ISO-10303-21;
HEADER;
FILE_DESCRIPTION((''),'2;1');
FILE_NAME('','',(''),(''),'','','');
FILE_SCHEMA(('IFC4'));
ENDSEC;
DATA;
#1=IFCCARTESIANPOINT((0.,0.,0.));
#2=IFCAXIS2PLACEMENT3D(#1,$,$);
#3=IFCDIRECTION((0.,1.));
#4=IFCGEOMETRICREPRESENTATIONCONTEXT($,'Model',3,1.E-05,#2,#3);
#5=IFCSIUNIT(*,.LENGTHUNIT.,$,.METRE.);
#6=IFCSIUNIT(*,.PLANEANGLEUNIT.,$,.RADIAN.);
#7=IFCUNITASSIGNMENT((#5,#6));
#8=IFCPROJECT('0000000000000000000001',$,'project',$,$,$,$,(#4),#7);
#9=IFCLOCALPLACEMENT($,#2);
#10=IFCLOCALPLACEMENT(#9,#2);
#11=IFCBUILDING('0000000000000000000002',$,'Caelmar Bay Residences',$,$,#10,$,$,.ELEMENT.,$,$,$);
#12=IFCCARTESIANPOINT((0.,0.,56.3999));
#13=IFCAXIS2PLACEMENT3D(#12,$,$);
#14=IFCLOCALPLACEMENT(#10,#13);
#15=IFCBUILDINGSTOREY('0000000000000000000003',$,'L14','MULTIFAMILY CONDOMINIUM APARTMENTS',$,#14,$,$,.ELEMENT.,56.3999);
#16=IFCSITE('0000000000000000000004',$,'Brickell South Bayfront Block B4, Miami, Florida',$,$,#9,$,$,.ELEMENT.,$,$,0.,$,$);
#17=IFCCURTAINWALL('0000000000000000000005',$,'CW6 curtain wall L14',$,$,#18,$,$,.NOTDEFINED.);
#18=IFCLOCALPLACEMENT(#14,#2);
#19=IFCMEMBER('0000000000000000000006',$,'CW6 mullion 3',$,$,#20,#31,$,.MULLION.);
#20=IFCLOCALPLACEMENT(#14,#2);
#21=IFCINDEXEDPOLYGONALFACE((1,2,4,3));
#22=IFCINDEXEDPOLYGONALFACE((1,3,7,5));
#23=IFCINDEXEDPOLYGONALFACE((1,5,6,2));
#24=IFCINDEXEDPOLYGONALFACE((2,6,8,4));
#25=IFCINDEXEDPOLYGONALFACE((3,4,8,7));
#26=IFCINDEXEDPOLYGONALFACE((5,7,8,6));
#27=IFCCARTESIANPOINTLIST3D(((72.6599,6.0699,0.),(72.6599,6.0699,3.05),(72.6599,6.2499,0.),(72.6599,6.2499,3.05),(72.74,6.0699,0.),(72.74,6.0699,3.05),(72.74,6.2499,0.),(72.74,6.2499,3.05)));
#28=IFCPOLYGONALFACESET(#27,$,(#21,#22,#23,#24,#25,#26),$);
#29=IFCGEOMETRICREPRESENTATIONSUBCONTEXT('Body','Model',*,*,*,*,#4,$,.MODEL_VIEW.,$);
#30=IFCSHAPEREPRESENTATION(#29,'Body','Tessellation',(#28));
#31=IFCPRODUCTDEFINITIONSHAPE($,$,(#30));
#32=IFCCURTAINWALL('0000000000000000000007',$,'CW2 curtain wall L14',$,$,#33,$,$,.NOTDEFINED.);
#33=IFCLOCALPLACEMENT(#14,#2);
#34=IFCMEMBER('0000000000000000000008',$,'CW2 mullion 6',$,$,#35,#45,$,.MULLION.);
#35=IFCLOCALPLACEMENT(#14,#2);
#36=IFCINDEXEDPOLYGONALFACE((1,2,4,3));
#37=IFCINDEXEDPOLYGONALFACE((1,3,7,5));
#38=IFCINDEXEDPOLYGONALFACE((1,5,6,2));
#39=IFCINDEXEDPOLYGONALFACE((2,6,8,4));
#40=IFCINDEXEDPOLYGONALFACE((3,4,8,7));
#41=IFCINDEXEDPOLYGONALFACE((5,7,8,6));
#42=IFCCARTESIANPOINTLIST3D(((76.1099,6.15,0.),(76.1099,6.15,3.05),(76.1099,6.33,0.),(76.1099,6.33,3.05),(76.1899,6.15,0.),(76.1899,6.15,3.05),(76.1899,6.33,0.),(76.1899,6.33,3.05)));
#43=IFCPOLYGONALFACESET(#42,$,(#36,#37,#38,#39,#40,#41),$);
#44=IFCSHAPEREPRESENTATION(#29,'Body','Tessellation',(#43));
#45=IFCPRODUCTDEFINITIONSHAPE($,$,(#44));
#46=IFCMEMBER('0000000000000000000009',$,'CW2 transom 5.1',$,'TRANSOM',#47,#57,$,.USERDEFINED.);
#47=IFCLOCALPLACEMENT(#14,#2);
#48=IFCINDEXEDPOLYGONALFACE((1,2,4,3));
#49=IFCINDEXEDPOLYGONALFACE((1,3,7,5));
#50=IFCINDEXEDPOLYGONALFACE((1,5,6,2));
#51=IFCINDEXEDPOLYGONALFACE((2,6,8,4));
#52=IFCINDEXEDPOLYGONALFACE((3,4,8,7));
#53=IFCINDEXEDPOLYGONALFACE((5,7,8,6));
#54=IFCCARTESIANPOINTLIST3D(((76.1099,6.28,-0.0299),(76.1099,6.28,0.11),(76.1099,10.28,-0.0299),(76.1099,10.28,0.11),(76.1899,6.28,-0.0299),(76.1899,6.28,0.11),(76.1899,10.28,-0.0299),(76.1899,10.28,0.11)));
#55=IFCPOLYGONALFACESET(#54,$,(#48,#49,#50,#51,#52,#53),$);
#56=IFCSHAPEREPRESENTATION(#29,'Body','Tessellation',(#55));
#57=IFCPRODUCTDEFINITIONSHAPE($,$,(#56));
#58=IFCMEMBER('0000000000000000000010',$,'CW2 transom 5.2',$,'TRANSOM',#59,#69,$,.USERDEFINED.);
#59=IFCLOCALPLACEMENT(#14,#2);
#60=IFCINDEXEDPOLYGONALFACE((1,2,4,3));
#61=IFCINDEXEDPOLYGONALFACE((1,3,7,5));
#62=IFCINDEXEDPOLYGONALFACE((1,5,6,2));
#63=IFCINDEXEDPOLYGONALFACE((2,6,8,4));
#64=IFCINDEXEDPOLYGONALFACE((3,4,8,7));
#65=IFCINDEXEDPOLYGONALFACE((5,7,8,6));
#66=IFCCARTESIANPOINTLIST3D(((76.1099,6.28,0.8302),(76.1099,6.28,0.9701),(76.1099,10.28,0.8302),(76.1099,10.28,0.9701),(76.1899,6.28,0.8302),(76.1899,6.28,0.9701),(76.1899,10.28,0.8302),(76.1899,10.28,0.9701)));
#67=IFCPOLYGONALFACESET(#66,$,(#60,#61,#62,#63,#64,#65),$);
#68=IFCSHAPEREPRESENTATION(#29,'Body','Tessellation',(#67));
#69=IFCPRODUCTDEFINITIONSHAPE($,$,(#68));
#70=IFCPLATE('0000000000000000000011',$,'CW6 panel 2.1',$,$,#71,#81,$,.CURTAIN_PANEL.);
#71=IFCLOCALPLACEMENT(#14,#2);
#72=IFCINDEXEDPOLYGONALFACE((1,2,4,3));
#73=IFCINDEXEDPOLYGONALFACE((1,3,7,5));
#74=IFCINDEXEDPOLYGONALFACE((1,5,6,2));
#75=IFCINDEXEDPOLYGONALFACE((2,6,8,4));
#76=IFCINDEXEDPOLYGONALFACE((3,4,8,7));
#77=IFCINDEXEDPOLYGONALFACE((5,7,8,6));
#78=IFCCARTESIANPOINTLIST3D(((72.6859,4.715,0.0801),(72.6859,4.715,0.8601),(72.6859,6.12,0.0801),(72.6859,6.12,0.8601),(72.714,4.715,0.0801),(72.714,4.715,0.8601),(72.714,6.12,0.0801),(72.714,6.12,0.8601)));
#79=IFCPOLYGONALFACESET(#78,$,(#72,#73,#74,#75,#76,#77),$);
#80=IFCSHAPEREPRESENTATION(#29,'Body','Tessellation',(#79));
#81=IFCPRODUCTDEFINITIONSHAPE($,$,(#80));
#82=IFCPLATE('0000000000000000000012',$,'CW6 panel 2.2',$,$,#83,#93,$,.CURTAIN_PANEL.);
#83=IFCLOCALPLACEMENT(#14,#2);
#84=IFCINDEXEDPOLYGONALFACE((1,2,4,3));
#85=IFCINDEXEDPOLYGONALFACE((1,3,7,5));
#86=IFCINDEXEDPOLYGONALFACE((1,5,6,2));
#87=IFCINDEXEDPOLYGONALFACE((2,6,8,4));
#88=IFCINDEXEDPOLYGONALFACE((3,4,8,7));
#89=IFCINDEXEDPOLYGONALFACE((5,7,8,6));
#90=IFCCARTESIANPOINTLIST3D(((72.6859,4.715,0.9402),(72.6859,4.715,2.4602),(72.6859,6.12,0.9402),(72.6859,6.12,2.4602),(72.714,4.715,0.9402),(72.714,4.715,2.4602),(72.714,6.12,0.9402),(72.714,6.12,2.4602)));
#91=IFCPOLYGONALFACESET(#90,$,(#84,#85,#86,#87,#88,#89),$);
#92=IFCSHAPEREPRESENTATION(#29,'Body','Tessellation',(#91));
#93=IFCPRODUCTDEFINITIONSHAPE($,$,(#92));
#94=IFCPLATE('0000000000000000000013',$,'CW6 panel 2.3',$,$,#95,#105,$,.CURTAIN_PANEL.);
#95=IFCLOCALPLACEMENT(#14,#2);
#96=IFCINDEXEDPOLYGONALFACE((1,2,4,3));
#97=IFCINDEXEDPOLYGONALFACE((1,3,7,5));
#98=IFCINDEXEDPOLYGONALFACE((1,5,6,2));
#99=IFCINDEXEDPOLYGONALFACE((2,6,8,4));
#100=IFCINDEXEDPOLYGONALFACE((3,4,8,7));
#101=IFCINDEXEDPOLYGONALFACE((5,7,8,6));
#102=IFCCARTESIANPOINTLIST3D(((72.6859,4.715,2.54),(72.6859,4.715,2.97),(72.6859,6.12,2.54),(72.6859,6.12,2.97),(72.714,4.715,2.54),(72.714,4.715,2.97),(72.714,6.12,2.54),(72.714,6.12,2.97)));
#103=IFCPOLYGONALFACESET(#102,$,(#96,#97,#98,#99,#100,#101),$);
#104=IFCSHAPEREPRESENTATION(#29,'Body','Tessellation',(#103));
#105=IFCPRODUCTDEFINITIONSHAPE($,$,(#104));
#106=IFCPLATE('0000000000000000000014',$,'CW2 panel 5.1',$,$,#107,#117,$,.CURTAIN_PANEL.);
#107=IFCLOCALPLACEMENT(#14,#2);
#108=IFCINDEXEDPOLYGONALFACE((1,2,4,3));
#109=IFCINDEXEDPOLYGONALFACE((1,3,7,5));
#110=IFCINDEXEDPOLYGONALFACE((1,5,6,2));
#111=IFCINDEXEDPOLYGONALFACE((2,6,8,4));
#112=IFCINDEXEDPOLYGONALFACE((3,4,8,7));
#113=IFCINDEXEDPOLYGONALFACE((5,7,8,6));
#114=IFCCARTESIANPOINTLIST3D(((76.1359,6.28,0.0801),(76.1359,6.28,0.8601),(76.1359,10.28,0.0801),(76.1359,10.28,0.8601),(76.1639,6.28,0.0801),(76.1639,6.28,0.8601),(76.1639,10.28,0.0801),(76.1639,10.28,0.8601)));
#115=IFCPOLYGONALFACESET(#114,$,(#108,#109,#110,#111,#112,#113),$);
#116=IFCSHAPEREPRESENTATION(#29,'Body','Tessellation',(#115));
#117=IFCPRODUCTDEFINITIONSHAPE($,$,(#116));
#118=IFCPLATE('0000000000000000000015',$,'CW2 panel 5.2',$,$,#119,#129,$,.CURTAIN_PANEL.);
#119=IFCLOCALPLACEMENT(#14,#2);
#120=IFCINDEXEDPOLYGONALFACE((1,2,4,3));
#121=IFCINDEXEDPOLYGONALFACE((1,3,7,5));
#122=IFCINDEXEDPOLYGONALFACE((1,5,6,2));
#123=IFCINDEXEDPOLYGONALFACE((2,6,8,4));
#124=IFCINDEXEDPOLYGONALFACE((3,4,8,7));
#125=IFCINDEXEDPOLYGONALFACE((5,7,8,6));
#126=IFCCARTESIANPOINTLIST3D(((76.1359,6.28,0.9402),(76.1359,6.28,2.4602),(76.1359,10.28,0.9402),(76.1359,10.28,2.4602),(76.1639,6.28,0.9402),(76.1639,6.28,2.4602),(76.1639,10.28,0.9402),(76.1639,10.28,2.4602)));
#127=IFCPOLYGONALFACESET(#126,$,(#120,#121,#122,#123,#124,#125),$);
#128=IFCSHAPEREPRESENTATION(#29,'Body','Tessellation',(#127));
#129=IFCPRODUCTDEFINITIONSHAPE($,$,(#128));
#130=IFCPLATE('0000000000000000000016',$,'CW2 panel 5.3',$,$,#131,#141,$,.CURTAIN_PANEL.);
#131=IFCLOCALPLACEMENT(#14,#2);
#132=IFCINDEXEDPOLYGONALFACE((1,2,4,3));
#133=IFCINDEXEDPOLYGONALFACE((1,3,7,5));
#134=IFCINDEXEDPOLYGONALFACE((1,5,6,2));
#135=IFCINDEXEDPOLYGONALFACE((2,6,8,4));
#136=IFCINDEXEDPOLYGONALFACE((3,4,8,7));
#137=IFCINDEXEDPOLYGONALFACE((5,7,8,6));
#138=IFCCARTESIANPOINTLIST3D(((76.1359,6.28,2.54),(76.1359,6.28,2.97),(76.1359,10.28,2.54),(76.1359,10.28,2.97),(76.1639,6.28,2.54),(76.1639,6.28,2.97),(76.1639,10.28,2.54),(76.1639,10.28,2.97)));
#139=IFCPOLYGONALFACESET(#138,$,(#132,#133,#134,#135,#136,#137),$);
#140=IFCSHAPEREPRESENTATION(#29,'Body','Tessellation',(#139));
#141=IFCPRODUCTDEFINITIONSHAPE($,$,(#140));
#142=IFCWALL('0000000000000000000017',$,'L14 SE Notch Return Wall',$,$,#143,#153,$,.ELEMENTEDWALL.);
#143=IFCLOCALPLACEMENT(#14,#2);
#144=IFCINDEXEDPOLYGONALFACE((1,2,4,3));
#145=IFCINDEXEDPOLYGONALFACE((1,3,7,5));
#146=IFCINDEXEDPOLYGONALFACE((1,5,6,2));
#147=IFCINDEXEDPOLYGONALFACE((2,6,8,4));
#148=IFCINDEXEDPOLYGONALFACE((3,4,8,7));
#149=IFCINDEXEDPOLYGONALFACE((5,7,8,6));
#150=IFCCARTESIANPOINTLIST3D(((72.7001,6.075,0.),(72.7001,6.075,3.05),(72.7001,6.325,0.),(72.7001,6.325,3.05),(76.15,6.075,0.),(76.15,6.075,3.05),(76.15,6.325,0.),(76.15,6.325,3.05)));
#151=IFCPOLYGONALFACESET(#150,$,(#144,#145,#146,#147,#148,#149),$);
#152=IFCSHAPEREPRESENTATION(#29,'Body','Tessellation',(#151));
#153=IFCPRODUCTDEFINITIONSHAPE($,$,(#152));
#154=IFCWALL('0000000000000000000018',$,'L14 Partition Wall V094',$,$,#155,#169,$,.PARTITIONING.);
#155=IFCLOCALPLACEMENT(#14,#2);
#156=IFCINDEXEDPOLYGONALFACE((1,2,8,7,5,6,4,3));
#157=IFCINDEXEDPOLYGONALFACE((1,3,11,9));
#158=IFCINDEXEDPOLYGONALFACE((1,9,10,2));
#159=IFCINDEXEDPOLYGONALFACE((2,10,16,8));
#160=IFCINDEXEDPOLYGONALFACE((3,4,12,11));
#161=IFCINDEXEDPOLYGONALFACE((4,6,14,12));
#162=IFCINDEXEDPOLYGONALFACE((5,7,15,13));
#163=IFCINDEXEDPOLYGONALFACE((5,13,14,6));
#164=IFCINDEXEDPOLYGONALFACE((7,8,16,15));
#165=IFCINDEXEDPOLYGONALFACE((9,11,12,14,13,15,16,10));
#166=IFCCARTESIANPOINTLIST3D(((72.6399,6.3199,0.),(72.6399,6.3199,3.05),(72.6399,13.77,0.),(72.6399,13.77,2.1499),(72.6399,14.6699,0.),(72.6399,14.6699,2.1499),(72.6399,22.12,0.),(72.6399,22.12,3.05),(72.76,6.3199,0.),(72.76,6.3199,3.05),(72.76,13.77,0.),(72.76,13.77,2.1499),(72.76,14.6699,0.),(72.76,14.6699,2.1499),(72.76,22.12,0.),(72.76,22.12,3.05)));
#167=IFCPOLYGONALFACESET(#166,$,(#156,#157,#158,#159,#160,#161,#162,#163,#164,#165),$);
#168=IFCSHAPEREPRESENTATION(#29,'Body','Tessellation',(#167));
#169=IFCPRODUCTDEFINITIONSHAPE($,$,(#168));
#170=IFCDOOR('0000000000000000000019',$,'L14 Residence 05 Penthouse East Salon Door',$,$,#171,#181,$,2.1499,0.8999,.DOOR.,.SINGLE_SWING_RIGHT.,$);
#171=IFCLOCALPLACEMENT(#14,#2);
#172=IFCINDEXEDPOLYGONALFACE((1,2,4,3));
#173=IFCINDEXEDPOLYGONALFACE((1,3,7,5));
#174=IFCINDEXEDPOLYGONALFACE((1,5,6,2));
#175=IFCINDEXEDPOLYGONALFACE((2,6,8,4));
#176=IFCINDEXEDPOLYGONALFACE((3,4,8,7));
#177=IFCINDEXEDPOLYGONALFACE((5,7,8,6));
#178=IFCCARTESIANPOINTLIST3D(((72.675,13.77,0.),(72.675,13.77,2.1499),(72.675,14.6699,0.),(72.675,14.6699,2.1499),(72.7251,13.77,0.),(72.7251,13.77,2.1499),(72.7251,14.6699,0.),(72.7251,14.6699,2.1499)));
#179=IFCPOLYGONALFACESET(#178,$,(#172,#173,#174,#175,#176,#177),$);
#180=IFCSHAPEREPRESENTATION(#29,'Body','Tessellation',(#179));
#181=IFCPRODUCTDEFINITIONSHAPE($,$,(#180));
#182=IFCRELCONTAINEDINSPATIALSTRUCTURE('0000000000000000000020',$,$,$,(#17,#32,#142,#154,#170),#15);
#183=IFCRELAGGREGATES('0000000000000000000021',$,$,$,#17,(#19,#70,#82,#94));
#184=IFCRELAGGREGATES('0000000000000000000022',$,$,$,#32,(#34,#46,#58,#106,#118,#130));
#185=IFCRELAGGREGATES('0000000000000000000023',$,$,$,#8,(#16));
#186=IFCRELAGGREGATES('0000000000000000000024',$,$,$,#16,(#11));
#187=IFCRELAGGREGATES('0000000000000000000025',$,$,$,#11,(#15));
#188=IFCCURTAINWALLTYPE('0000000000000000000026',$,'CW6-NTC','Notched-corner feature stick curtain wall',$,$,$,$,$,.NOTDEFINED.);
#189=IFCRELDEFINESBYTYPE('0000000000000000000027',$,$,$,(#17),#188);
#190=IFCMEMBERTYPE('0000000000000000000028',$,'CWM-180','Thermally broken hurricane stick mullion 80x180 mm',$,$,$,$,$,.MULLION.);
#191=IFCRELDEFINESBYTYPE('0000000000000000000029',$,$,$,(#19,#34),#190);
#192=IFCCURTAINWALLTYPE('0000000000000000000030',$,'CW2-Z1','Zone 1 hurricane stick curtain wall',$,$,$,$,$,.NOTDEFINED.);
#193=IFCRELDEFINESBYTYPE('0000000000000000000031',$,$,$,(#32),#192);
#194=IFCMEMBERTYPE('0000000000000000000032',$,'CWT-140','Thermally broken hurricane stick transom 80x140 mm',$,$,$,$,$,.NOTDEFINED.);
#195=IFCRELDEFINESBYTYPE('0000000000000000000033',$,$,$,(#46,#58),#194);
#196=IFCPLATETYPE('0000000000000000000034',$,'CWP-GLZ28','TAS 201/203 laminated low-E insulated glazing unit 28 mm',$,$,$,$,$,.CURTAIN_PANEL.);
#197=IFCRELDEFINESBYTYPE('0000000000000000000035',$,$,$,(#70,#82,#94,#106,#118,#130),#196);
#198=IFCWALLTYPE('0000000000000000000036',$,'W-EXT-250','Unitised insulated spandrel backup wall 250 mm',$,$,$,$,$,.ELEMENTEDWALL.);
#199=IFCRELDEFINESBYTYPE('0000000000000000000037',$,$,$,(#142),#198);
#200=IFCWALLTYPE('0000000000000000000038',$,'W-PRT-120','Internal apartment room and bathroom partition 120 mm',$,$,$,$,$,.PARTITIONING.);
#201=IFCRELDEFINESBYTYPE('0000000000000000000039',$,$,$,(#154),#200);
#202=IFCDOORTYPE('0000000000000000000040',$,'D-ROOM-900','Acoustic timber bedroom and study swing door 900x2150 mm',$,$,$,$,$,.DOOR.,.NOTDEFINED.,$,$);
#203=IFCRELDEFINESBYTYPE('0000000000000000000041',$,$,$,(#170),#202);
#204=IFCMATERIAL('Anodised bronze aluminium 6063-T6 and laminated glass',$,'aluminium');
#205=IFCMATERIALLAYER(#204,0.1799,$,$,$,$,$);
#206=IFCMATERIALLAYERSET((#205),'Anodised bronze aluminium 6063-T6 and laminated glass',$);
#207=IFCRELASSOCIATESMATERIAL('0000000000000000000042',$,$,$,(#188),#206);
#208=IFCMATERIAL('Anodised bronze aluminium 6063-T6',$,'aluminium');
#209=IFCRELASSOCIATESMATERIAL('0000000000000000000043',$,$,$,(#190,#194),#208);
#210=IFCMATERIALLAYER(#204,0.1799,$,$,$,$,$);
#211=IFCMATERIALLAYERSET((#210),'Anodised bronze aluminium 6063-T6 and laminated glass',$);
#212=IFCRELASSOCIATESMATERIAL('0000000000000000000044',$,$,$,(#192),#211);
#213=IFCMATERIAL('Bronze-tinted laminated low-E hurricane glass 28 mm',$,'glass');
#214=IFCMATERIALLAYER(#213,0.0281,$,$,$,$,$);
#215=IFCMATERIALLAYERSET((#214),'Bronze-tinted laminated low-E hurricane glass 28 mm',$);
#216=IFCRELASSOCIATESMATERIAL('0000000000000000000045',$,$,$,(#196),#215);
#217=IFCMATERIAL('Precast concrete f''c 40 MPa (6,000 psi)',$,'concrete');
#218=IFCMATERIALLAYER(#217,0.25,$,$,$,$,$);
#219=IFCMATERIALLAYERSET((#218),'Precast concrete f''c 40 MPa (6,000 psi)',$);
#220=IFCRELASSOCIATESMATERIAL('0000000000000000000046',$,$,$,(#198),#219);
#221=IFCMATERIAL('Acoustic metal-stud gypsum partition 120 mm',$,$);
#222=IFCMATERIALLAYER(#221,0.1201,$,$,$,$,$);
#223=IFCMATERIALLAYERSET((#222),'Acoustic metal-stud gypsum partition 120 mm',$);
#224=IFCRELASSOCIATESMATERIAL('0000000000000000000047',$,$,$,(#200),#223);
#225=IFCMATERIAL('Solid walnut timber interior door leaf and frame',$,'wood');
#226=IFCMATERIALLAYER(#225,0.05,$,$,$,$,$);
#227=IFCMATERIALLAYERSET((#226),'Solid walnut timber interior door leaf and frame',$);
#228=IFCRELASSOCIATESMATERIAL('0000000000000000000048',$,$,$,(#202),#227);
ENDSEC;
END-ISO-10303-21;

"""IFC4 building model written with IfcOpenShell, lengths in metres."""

from ifc_helpers import new_model, si_unit, direction, frame, frame_2d, origin, origin_2d, place, context, subcontext, project, spatial, rectangle, extrude, material, layer, layer_set, material_profile, profile_set, type_object, element, fill, aggregate, save


model = new_model("IFC4")

# Units and contexts
model_context = context("Model", 3, precision=1e-05, world=origin(), true_north=direction((0.0, 1.0)))
body_context = subcontext(model_context, "Body", "Model", "MODEL_VIEW")
ifc_project = project(units=[si_unit("LENGTHUNIT", "METRE"), si_unit("PLANEANGLEUNIT", "RADIAN")], contexts=[model_context])

# Site, building, storey
site_placement = place(None, origin())
site = spatial("IfcSite", under=ifc_project, at=site_placement, Name="Brickell South Bayfront Block B4, Miami, Florida", CompositionType="ELEMENT", RefElevation=0.0)
building_placement = place(site_placement, origin())
building = spatial("IfcBuilding", under=site, at=building_placement, Name="Caelmar Bay Residences", CompositionType="ELEMENT")
storey_placement = place(building_placement, frame((0.0, 0.0, 56.3999)))
storey = spatial("IfcBuildingStorey", under=building, at=storey_placement, Name="L14", Description="MULTIFAMILY CONDOMINIUM APARTMENTS", CompositionType="ELEMENT", Elevation=56.3999)

# Curtain wall, member
ifc_material_1 = material(Name="Anodised bronze aluminium 6063-T6 and laminated glass", Category="aluminium")
ifc_layer_1 = layer(ifc_material_1, 0.1799)
ifc_layer_set_1 = layer_set([ifc_layer_1], Name="Anodised bronze aluminium 6063-T6 and laminated glass")
curtain_wall_type_1 = type_object("IfcCurtainWallType", Name="CW6-NTC", Description="Notched-corner feature stick curtain wall", PredefinedType="NOTDEFINED", material=ifc_layer_set_1)
curtain_wall_1_placement = place(storey_placement, origin())
curtain_wall_1 = element("IfcCurtainWall", 1, at=curtain_wall_1_placement, inside=storey, type_object=curtain_wall_type_1, Name="CW6 curtain wall L14", PredefinedType="NOTDEFINED")
ifc_material_2 = material(Name="Anodised bronze aluminium 6063-T6", Category="aluminium")
ifc_material_profile_1 = material_profile(ifc_material_2, rectangle(XDim=0.0801, YDim=0.1799, at=origin_2d()), Name="CWM-80X180")
ifc_profile_set_1 = profile_set([ifc_material_profile_1], Name="Anodised bronze aluminium 6063-T6")
member_type_1 = type_object("IfcMemberType", Name="CWM-180", Description="Thermally broken hurricane stick mullion 80x180 mm", PredefinedType="MULLION", material=ifc_profile_set_1)
member_1_placement = place(storey_placement, frame((72.7, 6.1599, 0.0), z_axis=(0.0, 0.0, 1.0), x_axis=(-1.0, 0.0, 0.0)))
member_1 = element("IfcMember", 2, at=member_1_placement, type_object=member_type_1, Name="CW6 mullion 3", PredefinedType="MULLION", context=body_context, shape_type="SweptSolid", body=[
    extrude(rectangle(XDim=0.0801, YDim=0.1799, at=origin_2d()), origin(), (0.0, 0.0, 1.0), 3.05),
])

# Curtain wall, members
ifc_layer_2 = layer(ifc_material_1, 0.1799)
ifc_layer_set_2 = layer_set([ifc_layer_2], Name="Anodised bronze aluminium 6063-T6 and laminated glass")
curtain_wall_type_2 = type_object("IfcCurtainWallType", Name="CW2-Z1", Description="Zone 1 hurricane stick curtain wall", PredefinedType="NOTDEFINED", material=ifc_layer_set_2)
curtain_wall_2_placement = place(storey_placement, origin())
curtain_wall_2 = element("IfcCurtainWall", 3, at=curtain_wall_2_placement, inside=storey, type_object=curtain_wall_type_2, Name="CW2 curtain wall L14", PredefinedType="NOTDEFINED")
member_2_placement = place(storey_placement, frame((76.1499, 6.24, 0.0), z_axis=(0.0, 0.0, 1.0), x_axis=(1.0, 0.0, 0.0)))
member_2 = element("IfcMember", 4, at=member_2_placement, type_object=member_type_1, Name="CW2 mullion 6", PredefinedType="MULLION", context=body_context, shape_type="SweptSolid", body=[
    extrude(rectangle(XDim=0.0801, YDim=0.1799, at=origin_2d()), origin(), (0.0, 0.0, 1.0), 3.05),
])
ifc_material_profile_2 = material_profile(ifc_material_2, rectangle(XDim=0.0801, YDim=0.1399, at=origin_2d()), Name="CWT-80X140")
ifc_profile_set_2 = profile_set([ifc_material_profile_2], Name="Anodised bronze aluminium 6063-T6")
member_type_2 = type_object("IfcMemberType", Name="CWT-140", Description="Thermally broken hurricane stick transom 80x140 mm", PredefinedType="NOTDEFINED", material=ifc_profile_set_2)
member_3_placement = place(storey_placement, frame((76.1499, 10.28, 0.04), z_axis=(0.0, -1.0, 0.0), x_axis=(1.0, 0.0, 0.0)))
member_3 = element("IfcMember", 5, at=member_3_placement, type_object=member_type_2, Name="CW2 transom 5.1", ObjectType="TRANSOM", PredefinedType="USERDEFINED", context=body_context, shape_type="SweptSolid", body=[
    extrude(rectangle(XDim=0.0801, YDim=0.1399, at=origin_2d()), origin(), (0.0, 0.0, 1.0), 4.0),
])
member_4_placement = place(storey_placement, frame((76.1499, 10.28, 0.9001), z_axis=(0.0, -1.0, 0.0), x_axis=(1.0, 0.0, 0.0)))
member_4 = element("IfcMember", 6, at=member_4_placement, type_object=member_type_2, Name="CW2 transom 5.2", ObjectType="TRANSOM", PredefinedType="USERDEFINED", context=body_context, shape_type="SweptSolid", body=[
    extrude(rectangle(XDim=0.0801, YDim=0.1399, at=origin_2d()), origin(), (0.0, 0.0, 1.0), 4.0),
])

# Plates
ifc_material_3 = material(Name="Bronze-tinted laminated low-E hurricane glass 28 mm", Category="glass")
ifc_layer_3 = layer(ifc_material_3, 0.0281)
ifc_layer_set_3 = layer_set([ifc_layer_3], Name="Bronze-tinted laminated low-E hurricane glass 28 mm")
plate_type = type_object("IfcPlateType", Name="CWP-GLZ28", Description="TAS 201/203 laminated low-E insulated glazing unit 28 mm", PredefinedType="CURTAIN_PANEL", material=ifc_layer_set_3)
plate_1_placement = place(storey_placement, frame((72.7, 5.4175, 0.0801), z_axis=(0.0, 0.0, 1.0), x_axis=(0.0, 1.0, 0.0)))
plate_1 = element("IfcPlate", 7, at=plate_1_placement, type_object=plate_type, Name="CW6 panel 2.1", PredefinedType="CURTAIN_PANEL", context=body_context, shape_type="SweptSolid", body=[
    extrude(rectangle(XDim=1.405, YDim=0.0281, at=origin_2d()), origin(), (0.0, 0.0, 1.0), 0.78),
])
plate_2_placement = place(storey_placement, frame((72.7, 5.4175, 0.9402), z_axis=(0.0, 0.0, 1.0), x_axis=(0.0, 1.0, 0.0)))
plate_2 = element("IfcPlate", 8, at=plate_2_placement, type_object=plate_type, Name="CW6 panel 2.2", PredefinedType="CURTAIN_PANEL", context=body_context, shape_type="SweptSolid", body=[
    extrude(rectangle(XDim=1.405, YDim=0.0281, at=origin_2d()), origin(), (0.0, 0.0, 1.0), 1.52),
])
plate_3_placement = place(storey_placement, frame((72.7, 5.4175, 2.54), z_axis=(0.0, 0.0, 1.0), x_axis=(0.0, 1.0, 0.0)))
plate_3 = element("IfcPlate", 9, at=plate_3_placement, type_object=plate_type, Name="CW6 panel 2.3", PredefinedType="CURTAIN_PANEL", context=body_context, shape_type="SweptSolid", body=[
    extrude(rectangle(XDim=1.405, YDim=0.0281, at=origin_2d()), origin(), (0.0, 0.0, 1.0), 0.4299),
])
aggregate(curtain_wall_1, [member_1, plate_1, plate_2, plate_3])
plate_4_placement = place(storey_placement, frame((76.1499, 8.28, 0.0801), z_axis=(0.0, 0.0, 1.0), x_axis=(0.0, -1.0, 0.0)))
plate_4 = element("IfcPlate", 10, at=plate_4_placement, type_object=plate_type, Name="CW2 panel 5.1", PredefinedType="CURTAIN_PANEL", context=body_context, shape_type="SweptSolid", body=[
    extrude(rectangle(XDim=4.0, YDim=0.0281, at=origin_2d()), origin(), (0.0, 0.0, 1.0), 0.78),
])
plate_5_placement = place(storey_placement, frame((76.1499, 8.28, 0.9402), z_axis=(0.0, 0.0, 1.0), x_axis=(0.0, -1.0, 0.0)))
plate_5 = element("IfcPlate", 11, at=plate_5_placement, type_object=plate_type, Name="CW2 panel 5.2", PredefinedType="CURTAIN_PANEL", context=body_context, shape_type="SweptSolid", body=[
    extrude(rectangle(XDim=4.0, YDim=0.0281, at=origin_2d()), origin(), (0.0, 0.0, 1.0), 1.52),
])
plate_6_placement = place(storey_placement, frame((76.1499, 8.28, 2.54), z_axis=(0.0, 0.0, 1.0), x_axis=(0.0, -1.0, 0.0)))
plate_6 = element("IfcPlate", 12, at=plate_6_placement, type_object=plate_type, Name="CW2 panel 5.3", PredefinedType="CURTAIN_PANEL", context=body_context, shape_type="SweptSolid", body=[
    extrude(rectangle(XDim=4.0, YDim=0.0281, at=origin_2d()), origin(), (0.0, 0.0, 1.0), 0.4299),
])
aggregate(curtain_wall_2, [member_2, member_3, member_4, plate_4, plate_5, plate_6])

# Wall
ifc_material_4 = material(Name="Precast concrete f'c 40 MPa (6,000 psi)", Category="concrete")
ifc_layer_4 = layer(ifc_material_4, 0.25)
ifc_layer_set_4 = layer_set([ifc_layer_4], Name="Precast concrete f'c 40 MPa (6,000 psi)")
wall_type_1 = type_object("IfcWallType", Name="W-EXT-250", Description="Unitised insulated spandrel backup wall 250 mm", PredefinedType="ELEMENTEDWALL", material=ifc_layer_set_4)
wall_1_placement = place(storey_placement, frame((72.7, 6.2, 0.0), z_axis=(0.0, 0.0, 1.0), x_axis=(1.0, 0.0, 0.0)))
element("IfcWall", 13, at=wall_1_placement, inside=storey, type_object=wall_type_1, Name="L14 SE Notch Return Wall", PredefinedType="ELEMENTEDWALL", context=body_context, shape_type="SweptSolid", body=[
    extrude(rectangle(XDim=3.45, YDim=0.25, at=frame_2d((1.7251, 0.0))), origin(), (0.0, 0.0, 1.0), 3.05),
])

# Wall, opening, door
ifc_material_5 = material(Name="Acoustic metal-stud gypsum partition 120 mm")
ifc_layer_5 = layer(ifc_material_5, 0.1201)
ifc_layer_set_5 = layer_set([ifc_layer_5], Name="Acoustic metal-stud gypsum partition 120 mm")
wall_type_2 = type_object("IfcWallType", Name="W-PRT-120", Description="Internal apartment room and bathroom partition 120 mm", PredefinedType="PARTITIONING", material=ifc_layer_set_5)
wall_2_placement = place(storey_placement, frame((72.7, 6.3201, 0.0), z_axis=(0.0, 0.0, 1.0), x_axis=(0.0, 1.0, 0.0)))
wall_2 = element("IfcWall", 14, at=wall_2_placement, inside=storey, type_object=wall_type_2, Name="L14 Partition Wall V094", PredefinedType="PARTITIONING", context=body_context, shape_type="SweptSolid", body=[
    extrude(rectangle(XDim=15.8, YDim=0.1201, at=frame_2d((7.8999, 0.0))), origin(), (0.0, 0.0, 1.0), 3.05),
])
opening_placement = place(wall_2_placement, frame((7.45, 0.0, 0.0)))
opening = element("IfcOpeningElement", 15, at=opening_placement, cuts=wall_2, PredefinedType="OPENING", context=body_context, shape_type="SweptSolid", body=[
    extrude(rectangle(XDim=0.8999, YDim=2.1499, at=frame_2d((0.45, 1.075))), frame((0.0, 0.0701, 0.0), z_axis=(0.0, -1.0, 0.0), x_axis=(1.0, 0.0, 0.0)), (0.0, 0.0, 1.0), 0.1401),
])
ifc_material_6 = material(Name="Solid walnut timber interior door leaf and frame", Category="wood")
ifc_layer_6 = layer(ifc_material_6, 0.05)
ifc_layer_set_6 = layer_set([ifc_layer_6], Name="Solid walnut timber interior door leaf and frame")
door_type = type_object("IfcDoorType", Name="D-ROOM-900", Description="Acoustic timber bedroom and study swing door 900x2150 mm", OperationType="NOTDEFINED", PredefinedType="DOOR", material=ifc_layer_set_6)
door_placement = place(opening_placement, origin())
door = element("IfcDoor", 16, at=door_placement, inside=storey, type_object=door_type, Name="L14 Residence 05 Penthouse East Salon Door", OperationType="SINGLE_SWING_RIGHT", OverallHeight=2.1499, OverallWidth=0.8999, PredefinedType="DOOR", context=body_context, shape_type="SweptSolid", body=[
    extrude(rectangle(XDim=0.8999, YDim=2.1499, at=frame_2d((0.45, 1.075))), frame((0.0, 0.0249, 0.0), z_axis=(0.0, -1.0, 0.0), x_axis=(1.0, 0.0, 0.0)), (0.0, 0.0, 1.0), 0.05),
])
fill(opening, door)

save(model, "model.ifc")
